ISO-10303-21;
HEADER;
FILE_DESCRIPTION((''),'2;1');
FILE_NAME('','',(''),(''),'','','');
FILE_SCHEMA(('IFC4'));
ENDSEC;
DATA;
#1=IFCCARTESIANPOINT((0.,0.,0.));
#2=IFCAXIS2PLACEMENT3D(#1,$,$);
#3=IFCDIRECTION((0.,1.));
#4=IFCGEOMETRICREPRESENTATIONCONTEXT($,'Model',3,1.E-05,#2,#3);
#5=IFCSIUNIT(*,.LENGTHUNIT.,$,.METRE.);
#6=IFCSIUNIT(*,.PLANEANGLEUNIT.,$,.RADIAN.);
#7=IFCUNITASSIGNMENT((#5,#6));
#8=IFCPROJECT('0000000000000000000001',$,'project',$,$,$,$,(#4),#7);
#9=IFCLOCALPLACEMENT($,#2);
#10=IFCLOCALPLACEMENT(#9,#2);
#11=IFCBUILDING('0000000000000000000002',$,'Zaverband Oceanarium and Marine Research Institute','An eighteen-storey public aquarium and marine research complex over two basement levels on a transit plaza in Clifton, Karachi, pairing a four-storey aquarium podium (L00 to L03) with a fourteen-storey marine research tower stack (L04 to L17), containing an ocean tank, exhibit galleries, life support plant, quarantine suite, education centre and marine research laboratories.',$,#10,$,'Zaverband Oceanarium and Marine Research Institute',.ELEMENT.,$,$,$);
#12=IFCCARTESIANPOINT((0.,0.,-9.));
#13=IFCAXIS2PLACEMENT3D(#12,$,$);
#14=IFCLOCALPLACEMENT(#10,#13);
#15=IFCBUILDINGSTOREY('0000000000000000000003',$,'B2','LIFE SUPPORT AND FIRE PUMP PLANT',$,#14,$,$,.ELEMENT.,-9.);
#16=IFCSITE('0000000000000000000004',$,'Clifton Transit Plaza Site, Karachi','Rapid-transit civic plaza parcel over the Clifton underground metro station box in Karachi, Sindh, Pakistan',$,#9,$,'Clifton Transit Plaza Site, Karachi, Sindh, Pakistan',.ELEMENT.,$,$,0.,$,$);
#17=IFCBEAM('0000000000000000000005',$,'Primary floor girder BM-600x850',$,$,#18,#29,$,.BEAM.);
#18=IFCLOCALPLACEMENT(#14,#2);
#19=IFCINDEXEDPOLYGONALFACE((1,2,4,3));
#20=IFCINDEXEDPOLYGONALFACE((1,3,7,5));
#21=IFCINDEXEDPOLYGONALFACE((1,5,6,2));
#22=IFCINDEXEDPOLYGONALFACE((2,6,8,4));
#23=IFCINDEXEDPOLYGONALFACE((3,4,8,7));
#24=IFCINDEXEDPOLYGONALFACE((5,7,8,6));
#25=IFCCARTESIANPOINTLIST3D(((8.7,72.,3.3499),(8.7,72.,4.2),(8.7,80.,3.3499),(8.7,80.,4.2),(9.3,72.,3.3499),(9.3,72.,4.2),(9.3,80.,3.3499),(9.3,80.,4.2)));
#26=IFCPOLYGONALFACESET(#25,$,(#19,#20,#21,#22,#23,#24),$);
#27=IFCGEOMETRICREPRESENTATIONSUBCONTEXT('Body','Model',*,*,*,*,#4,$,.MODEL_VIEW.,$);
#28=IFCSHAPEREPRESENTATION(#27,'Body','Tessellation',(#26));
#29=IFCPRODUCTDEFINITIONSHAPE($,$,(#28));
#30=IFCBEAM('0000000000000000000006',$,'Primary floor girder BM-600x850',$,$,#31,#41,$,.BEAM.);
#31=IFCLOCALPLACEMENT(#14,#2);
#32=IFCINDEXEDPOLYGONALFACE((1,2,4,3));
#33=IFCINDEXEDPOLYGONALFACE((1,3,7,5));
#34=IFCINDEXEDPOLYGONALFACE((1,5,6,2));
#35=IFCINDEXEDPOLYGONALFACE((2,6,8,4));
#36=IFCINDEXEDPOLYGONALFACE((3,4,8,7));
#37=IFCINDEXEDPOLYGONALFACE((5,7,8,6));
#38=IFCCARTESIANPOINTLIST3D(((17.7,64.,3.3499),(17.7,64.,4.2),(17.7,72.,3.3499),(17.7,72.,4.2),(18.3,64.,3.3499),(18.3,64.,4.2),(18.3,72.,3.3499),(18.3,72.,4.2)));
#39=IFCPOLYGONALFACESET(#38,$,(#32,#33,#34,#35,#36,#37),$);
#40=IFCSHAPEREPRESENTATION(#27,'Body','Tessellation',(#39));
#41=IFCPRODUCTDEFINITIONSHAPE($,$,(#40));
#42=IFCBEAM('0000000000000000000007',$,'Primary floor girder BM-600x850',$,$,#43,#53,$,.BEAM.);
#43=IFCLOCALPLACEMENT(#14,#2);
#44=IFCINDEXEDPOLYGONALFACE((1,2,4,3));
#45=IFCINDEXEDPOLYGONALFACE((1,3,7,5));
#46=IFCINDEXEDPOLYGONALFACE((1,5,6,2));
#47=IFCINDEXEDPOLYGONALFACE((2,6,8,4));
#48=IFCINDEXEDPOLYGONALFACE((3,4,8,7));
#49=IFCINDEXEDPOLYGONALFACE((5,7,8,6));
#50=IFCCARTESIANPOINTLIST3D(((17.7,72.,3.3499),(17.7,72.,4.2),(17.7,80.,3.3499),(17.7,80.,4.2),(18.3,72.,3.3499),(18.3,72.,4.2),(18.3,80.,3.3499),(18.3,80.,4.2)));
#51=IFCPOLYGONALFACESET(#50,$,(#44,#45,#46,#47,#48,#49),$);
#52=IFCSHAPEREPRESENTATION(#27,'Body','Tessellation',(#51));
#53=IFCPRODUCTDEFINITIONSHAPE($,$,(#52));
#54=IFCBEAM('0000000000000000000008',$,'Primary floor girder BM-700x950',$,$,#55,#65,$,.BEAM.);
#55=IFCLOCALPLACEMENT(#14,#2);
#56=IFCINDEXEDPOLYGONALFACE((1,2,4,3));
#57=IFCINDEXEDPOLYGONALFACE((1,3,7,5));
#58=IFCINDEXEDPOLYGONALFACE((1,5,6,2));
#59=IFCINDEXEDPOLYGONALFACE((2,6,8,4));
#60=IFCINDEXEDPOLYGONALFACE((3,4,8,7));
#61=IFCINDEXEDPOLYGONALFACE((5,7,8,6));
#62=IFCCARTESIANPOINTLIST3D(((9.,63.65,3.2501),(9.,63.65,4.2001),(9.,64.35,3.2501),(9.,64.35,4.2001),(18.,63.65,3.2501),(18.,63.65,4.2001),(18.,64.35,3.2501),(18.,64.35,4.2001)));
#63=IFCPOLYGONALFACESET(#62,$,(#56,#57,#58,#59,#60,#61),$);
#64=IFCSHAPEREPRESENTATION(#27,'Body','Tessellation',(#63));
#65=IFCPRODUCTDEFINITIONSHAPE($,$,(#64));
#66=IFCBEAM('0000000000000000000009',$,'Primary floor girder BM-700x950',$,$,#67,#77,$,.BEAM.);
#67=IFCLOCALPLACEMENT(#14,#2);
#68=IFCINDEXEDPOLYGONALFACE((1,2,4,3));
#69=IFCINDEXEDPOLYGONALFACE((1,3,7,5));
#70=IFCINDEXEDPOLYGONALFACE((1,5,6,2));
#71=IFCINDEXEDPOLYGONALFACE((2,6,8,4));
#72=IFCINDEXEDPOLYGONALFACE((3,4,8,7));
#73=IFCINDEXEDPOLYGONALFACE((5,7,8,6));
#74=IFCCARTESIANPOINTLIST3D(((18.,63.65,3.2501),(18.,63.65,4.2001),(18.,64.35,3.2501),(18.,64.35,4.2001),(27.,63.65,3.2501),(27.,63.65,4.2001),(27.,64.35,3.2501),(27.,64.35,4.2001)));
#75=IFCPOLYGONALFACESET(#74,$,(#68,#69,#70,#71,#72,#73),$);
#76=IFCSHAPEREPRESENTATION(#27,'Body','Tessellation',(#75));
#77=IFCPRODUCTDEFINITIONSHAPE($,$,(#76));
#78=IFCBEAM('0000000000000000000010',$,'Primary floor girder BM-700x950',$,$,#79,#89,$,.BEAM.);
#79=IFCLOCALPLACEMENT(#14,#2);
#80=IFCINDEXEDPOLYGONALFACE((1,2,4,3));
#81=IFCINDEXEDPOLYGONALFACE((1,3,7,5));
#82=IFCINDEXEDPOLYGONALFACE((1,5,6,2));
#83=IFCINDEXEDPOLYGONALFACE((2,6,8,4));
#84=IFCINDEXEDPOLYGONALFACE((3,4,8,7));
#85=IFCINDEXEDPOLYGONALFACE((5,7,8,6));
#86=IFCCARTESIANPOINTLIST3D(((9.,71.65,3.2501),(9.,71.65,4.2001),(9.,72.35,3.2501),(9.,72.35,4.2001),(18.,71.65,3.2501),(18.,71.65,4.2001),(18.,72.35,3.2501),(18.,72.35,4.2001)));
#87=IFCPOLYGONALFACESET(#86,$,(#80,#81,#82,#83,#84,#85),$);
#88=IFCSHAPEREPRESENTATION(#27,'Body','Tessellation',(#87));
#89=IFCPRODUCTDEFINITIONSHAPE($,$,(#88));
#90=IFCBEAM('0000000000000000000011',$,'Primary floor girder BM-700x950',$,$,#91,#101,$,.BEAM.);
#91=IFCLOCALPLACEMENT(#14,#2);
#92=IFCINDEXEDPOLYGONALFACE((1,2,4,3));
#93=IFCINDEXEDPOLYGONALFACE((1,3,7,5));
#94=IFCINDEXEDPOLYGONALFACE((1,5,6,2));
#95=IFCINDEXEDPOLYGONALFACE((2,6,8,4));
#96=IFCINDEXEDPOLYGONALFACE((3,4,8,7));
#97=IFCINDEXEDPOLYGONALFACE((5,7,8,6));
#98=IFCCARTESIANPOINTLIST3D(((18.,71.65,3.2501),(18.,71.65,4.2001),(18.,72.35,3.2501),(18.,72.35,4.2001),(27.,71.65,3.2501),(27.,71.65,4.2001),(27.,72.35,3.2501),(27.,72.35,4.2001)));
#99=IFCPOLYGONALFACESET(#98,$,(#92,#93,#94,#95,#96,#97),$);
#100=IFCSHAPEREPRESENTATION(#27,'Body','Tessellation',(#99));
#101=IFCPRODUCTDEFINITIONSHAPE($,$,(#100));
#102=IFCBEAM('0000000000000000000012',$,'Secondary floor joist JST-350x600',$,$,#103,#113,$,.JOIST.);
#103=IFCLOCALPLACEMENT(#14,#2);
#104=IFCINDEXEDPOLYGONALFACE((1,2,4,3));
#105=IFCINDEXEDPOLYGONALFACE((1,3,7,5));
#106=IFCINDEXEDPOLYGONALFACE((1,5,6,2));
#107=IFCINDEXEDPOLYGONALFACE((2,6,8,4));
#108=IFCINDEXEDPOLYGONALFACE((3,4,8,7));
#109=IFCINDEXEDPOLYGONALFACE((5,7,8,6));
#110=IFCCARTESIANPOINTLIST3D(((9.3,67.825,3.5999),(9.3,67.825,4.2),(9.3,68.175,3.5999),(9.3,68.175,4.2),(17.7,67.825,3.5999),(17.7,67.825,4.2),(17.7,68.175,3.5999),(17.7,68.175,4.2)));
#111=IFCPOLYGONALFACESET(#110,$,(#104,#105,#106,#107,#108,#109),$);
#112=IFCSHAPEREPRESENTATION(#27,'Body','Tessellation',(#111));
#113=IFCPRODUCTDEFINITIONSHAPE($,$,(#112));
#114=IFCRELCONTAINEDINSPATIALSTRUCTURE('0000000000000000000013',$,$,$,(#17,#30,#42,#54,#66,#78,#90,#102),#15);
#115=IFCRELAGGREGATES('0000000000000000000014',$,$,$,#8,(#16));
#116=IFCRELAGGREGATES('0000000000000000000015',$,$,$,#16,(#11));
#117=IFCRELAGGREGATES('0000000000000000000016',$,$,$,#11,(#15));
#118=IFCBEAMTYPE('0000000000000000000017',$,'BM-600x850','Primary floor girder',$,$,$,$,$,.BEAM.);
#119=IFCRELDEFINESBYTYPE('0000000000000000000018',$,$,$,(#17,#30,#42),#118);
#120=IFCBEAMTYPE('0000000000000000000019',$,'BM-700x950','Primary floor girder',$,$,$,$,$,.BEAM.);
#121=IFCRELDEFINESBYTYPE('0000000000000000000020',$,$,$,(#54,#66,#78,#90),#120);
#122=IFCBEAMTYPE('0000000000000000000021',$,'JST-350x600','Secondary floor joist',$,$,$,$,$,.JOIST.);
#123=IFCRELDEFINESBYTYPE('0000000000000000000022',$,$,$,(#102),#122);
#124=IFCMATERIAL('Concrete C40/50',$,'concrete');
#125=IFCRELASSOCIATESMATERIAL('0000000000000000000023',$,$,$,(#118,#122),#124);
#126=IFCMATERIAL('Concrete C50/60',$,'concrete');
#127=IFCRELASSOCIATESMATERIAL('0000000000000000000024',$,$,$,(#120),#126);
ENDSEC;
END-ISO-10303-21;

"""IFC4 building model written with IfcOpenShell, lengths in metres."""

from ifc_helpers import new_model, si_unit, direction, frame, origin, origin_2d, place, context, subcontext, project, spatial, rectangle, extrude, material, material_profile, profile_set, type_object, element, save


model = new_model("IFC4")

# Units and contexts
model_context = context("Model", 3, precision=1e-05, world=origin(), true_north=direction((0.0, 1.0)))
body_context = subcontext(model_context, "Body", "Model", "MODEL_VIEW")
ifc_project = project(units=[si_unit("LENGTHUNIT", "METRE"), si_unit("PLANEANGLEUNIT", "RADIAN")], contexts=[model_context])

# Site, building, storey
site_placement = place(None, origin())
site = spatial("IfcSite", under=ifc_project, at=site_placement, Name="Clifton Transit Plaza Site, Karachi", Description="Rapid-transit civic plaza parcel over the Clifton underground metro station box in Karachi, Sindh, Pakistan", LongName="Clifton Transit Plaza Site, Karachi, Sindh, Pakistan", CompositionType="ELEMENT", RefElevation=0.0)
building_placement = place(site_placement, origin())
building = spatial("IfcBuilding", under=site, at=building_placement, Name="Zaverband Oceanarium and Marine Research Institute", Description="An eighteen-storey public aquarium and marine research complex over two basement levels on a transit plaza in Clifton, Karachi, pairing a four-storey aquarium podium (L00 to L03) with a fourteen-storey marine research tower stack (L04 to L17), containing an ocean tank, exhibit galleries, life support plant, quarantine suite, education centre and marine research laboratories.", LongName="Zaverband Oceanarium and Marine Research Institute", CompositionType="ELEMENT")
storey_placement = place(building_placement, frame((0.0, 0.0, -9.0)))
storey = spatial("IfcBuildingStorey", under=building, at=storey_placement, Name="B2", Description="LIFE SUPPORT AND FIRE PUMP PLANT", CompositionType="ELEMENT", Elevation=-9.0)

# Shared definitions
ifc_material_1 = material(Name="Concrete C50/60", Category="concrete")

# Beams
ifc_material_2 = material(Name="Concrete C40/50", Category="concrete")
ifc_material_profile_1 = material_profile(ifc_material_2, rectangle(XDim=0.6001, YDim=0.8501, at=origin_2d()), Name="RC600x850")
ifc_profile_set_1 = profile_set([ifc_material_profile_1], Name="Concrete C40/50")
beam_type_1 = type_object("IfcBeamType", Name="BM-600x850", Description="Primary floor girder", PredefinedType="BEAM", material=ifc_profile_set_1)
for number, where, z_axis, x_axis, name in (
    (1, (9.0, 72.0, 3.7749), (0.0, 1.0, 0.0), (-1.0, 0.0, 0.0), "Primary floor girder BM-600x850"),
    (2, (18.0, 64.0, 3.7749), (0.0, 1.0, 0.0), (-1.0, 0.0, 0.0), "Primary floor girder BM-600x850"),
    (3, (18.0, 72.0, 3.7749), (0.0, 1.0, 0.0), (-1.0, 0.0, 0.0), "Primary floor girder BM-600x850"),
):
    element("IfcBeam", number, at=place(storey_placement, frame(where, z_axis=z_axis, x_axis=x_axis)), inside=storey, type_object=beam_type_1, Name=name, PredefinedType="BEAM", context=body_context, shape_type="SweptSolid", body=[
        extrude(rectangle(XDim=0.6001, YDim=0.8501, at=origin_2d()), origin(), (0.0, 0.0, 1.0), 8.0),
    ])
ifc_material_profile_2 = material_profile(ifc_material_1, rectangle(XDim=0.7, YDim=0.95, at=origin_2d()), Name="RC700x950")
ifc_profile_set_2 = profile_set([ifc_material_profile_2], Name="Concrete C50/60")
beam_type_2 = type_object("IfcBeamType", Name="BM-700x950", Description="Primary floor girder", PredefinedType="BEAM", material=ifc_profile_set_2)
for number, where, z_axis, x_axis, name in (
    (4, (9.0, 64.0, 3.7251), (1.0, 0.0, 0.0), (0.0, 1.0, 0.0), "Primary floor girder BM-700x950"),
    (5, (18.0, 64.0, 3.7251), (1.0, 0.0, 0.0), (0.0, 1.0, 0.0), "Primary floor girder BM-700x950"),
    (6, (9.0, 72.0, 3.7251), (1.0, 0.0, 0.0), (0.0, 1.0, 0.0), "Primary floor girder BM-700x950"),
    (7, (18.0, 72.0, 3.7251), (1.0, 0.0, 0.0), (0.0, 1.0, 0.0), "Primary floor girder BM-700x950"),
):
    element("IfcBeam", number, at=place(storey_placement, frame(where, z_axis=z_axis, x_axis=x_axis)), inside=storey, type_object=beam_type_2, Name=name, PredefinedType="BEAM", context=body_context, shape_type="SweptSolid", body=[
        extrude(rectangle(XDim=0.7, YDim=0.95, at=origin_2d()), origin(), (0.0, 0.0, 1.0), 9.0),
    ])
ifc_material_profile_3 = material_profile(ifc_material_2, rectangle(XDim=0.3501, YDim=0.6001, at=origin_2d()), Name="RC350x600")
ifc_profile_set_3 = profile_set([ifc_material_profile_3], Name="Concrete C40/50")
beam_type_3 = type_object("IfcBeamType", Name="JST-350x600", Description="Secondary floor joist", PredefinedType="JOIST", material=ifc_profile_set_3)
beam_placement = place(storey_placement, frame((9.3, 68.0, 3.8999), z_axis=(1.0, 0.0, 0.0), x_axis=(0.0, 1.0, 0.0)))
element("IfcBeam", 8, at=beam_placement, inside=storey, type_object=beam_type_3, Name="Secondary floor joist JST-350x600", PredefinedType="JOIST", context=body_context, shape_type="SweptSolid", body=[
    extrude(rectangle(XDim=0.3501, YDim=0.6001, at=origin_2d()), origin(), (0.0, 0.0, 1.0), 8.3999),
])

save(model, "model.ifc")
